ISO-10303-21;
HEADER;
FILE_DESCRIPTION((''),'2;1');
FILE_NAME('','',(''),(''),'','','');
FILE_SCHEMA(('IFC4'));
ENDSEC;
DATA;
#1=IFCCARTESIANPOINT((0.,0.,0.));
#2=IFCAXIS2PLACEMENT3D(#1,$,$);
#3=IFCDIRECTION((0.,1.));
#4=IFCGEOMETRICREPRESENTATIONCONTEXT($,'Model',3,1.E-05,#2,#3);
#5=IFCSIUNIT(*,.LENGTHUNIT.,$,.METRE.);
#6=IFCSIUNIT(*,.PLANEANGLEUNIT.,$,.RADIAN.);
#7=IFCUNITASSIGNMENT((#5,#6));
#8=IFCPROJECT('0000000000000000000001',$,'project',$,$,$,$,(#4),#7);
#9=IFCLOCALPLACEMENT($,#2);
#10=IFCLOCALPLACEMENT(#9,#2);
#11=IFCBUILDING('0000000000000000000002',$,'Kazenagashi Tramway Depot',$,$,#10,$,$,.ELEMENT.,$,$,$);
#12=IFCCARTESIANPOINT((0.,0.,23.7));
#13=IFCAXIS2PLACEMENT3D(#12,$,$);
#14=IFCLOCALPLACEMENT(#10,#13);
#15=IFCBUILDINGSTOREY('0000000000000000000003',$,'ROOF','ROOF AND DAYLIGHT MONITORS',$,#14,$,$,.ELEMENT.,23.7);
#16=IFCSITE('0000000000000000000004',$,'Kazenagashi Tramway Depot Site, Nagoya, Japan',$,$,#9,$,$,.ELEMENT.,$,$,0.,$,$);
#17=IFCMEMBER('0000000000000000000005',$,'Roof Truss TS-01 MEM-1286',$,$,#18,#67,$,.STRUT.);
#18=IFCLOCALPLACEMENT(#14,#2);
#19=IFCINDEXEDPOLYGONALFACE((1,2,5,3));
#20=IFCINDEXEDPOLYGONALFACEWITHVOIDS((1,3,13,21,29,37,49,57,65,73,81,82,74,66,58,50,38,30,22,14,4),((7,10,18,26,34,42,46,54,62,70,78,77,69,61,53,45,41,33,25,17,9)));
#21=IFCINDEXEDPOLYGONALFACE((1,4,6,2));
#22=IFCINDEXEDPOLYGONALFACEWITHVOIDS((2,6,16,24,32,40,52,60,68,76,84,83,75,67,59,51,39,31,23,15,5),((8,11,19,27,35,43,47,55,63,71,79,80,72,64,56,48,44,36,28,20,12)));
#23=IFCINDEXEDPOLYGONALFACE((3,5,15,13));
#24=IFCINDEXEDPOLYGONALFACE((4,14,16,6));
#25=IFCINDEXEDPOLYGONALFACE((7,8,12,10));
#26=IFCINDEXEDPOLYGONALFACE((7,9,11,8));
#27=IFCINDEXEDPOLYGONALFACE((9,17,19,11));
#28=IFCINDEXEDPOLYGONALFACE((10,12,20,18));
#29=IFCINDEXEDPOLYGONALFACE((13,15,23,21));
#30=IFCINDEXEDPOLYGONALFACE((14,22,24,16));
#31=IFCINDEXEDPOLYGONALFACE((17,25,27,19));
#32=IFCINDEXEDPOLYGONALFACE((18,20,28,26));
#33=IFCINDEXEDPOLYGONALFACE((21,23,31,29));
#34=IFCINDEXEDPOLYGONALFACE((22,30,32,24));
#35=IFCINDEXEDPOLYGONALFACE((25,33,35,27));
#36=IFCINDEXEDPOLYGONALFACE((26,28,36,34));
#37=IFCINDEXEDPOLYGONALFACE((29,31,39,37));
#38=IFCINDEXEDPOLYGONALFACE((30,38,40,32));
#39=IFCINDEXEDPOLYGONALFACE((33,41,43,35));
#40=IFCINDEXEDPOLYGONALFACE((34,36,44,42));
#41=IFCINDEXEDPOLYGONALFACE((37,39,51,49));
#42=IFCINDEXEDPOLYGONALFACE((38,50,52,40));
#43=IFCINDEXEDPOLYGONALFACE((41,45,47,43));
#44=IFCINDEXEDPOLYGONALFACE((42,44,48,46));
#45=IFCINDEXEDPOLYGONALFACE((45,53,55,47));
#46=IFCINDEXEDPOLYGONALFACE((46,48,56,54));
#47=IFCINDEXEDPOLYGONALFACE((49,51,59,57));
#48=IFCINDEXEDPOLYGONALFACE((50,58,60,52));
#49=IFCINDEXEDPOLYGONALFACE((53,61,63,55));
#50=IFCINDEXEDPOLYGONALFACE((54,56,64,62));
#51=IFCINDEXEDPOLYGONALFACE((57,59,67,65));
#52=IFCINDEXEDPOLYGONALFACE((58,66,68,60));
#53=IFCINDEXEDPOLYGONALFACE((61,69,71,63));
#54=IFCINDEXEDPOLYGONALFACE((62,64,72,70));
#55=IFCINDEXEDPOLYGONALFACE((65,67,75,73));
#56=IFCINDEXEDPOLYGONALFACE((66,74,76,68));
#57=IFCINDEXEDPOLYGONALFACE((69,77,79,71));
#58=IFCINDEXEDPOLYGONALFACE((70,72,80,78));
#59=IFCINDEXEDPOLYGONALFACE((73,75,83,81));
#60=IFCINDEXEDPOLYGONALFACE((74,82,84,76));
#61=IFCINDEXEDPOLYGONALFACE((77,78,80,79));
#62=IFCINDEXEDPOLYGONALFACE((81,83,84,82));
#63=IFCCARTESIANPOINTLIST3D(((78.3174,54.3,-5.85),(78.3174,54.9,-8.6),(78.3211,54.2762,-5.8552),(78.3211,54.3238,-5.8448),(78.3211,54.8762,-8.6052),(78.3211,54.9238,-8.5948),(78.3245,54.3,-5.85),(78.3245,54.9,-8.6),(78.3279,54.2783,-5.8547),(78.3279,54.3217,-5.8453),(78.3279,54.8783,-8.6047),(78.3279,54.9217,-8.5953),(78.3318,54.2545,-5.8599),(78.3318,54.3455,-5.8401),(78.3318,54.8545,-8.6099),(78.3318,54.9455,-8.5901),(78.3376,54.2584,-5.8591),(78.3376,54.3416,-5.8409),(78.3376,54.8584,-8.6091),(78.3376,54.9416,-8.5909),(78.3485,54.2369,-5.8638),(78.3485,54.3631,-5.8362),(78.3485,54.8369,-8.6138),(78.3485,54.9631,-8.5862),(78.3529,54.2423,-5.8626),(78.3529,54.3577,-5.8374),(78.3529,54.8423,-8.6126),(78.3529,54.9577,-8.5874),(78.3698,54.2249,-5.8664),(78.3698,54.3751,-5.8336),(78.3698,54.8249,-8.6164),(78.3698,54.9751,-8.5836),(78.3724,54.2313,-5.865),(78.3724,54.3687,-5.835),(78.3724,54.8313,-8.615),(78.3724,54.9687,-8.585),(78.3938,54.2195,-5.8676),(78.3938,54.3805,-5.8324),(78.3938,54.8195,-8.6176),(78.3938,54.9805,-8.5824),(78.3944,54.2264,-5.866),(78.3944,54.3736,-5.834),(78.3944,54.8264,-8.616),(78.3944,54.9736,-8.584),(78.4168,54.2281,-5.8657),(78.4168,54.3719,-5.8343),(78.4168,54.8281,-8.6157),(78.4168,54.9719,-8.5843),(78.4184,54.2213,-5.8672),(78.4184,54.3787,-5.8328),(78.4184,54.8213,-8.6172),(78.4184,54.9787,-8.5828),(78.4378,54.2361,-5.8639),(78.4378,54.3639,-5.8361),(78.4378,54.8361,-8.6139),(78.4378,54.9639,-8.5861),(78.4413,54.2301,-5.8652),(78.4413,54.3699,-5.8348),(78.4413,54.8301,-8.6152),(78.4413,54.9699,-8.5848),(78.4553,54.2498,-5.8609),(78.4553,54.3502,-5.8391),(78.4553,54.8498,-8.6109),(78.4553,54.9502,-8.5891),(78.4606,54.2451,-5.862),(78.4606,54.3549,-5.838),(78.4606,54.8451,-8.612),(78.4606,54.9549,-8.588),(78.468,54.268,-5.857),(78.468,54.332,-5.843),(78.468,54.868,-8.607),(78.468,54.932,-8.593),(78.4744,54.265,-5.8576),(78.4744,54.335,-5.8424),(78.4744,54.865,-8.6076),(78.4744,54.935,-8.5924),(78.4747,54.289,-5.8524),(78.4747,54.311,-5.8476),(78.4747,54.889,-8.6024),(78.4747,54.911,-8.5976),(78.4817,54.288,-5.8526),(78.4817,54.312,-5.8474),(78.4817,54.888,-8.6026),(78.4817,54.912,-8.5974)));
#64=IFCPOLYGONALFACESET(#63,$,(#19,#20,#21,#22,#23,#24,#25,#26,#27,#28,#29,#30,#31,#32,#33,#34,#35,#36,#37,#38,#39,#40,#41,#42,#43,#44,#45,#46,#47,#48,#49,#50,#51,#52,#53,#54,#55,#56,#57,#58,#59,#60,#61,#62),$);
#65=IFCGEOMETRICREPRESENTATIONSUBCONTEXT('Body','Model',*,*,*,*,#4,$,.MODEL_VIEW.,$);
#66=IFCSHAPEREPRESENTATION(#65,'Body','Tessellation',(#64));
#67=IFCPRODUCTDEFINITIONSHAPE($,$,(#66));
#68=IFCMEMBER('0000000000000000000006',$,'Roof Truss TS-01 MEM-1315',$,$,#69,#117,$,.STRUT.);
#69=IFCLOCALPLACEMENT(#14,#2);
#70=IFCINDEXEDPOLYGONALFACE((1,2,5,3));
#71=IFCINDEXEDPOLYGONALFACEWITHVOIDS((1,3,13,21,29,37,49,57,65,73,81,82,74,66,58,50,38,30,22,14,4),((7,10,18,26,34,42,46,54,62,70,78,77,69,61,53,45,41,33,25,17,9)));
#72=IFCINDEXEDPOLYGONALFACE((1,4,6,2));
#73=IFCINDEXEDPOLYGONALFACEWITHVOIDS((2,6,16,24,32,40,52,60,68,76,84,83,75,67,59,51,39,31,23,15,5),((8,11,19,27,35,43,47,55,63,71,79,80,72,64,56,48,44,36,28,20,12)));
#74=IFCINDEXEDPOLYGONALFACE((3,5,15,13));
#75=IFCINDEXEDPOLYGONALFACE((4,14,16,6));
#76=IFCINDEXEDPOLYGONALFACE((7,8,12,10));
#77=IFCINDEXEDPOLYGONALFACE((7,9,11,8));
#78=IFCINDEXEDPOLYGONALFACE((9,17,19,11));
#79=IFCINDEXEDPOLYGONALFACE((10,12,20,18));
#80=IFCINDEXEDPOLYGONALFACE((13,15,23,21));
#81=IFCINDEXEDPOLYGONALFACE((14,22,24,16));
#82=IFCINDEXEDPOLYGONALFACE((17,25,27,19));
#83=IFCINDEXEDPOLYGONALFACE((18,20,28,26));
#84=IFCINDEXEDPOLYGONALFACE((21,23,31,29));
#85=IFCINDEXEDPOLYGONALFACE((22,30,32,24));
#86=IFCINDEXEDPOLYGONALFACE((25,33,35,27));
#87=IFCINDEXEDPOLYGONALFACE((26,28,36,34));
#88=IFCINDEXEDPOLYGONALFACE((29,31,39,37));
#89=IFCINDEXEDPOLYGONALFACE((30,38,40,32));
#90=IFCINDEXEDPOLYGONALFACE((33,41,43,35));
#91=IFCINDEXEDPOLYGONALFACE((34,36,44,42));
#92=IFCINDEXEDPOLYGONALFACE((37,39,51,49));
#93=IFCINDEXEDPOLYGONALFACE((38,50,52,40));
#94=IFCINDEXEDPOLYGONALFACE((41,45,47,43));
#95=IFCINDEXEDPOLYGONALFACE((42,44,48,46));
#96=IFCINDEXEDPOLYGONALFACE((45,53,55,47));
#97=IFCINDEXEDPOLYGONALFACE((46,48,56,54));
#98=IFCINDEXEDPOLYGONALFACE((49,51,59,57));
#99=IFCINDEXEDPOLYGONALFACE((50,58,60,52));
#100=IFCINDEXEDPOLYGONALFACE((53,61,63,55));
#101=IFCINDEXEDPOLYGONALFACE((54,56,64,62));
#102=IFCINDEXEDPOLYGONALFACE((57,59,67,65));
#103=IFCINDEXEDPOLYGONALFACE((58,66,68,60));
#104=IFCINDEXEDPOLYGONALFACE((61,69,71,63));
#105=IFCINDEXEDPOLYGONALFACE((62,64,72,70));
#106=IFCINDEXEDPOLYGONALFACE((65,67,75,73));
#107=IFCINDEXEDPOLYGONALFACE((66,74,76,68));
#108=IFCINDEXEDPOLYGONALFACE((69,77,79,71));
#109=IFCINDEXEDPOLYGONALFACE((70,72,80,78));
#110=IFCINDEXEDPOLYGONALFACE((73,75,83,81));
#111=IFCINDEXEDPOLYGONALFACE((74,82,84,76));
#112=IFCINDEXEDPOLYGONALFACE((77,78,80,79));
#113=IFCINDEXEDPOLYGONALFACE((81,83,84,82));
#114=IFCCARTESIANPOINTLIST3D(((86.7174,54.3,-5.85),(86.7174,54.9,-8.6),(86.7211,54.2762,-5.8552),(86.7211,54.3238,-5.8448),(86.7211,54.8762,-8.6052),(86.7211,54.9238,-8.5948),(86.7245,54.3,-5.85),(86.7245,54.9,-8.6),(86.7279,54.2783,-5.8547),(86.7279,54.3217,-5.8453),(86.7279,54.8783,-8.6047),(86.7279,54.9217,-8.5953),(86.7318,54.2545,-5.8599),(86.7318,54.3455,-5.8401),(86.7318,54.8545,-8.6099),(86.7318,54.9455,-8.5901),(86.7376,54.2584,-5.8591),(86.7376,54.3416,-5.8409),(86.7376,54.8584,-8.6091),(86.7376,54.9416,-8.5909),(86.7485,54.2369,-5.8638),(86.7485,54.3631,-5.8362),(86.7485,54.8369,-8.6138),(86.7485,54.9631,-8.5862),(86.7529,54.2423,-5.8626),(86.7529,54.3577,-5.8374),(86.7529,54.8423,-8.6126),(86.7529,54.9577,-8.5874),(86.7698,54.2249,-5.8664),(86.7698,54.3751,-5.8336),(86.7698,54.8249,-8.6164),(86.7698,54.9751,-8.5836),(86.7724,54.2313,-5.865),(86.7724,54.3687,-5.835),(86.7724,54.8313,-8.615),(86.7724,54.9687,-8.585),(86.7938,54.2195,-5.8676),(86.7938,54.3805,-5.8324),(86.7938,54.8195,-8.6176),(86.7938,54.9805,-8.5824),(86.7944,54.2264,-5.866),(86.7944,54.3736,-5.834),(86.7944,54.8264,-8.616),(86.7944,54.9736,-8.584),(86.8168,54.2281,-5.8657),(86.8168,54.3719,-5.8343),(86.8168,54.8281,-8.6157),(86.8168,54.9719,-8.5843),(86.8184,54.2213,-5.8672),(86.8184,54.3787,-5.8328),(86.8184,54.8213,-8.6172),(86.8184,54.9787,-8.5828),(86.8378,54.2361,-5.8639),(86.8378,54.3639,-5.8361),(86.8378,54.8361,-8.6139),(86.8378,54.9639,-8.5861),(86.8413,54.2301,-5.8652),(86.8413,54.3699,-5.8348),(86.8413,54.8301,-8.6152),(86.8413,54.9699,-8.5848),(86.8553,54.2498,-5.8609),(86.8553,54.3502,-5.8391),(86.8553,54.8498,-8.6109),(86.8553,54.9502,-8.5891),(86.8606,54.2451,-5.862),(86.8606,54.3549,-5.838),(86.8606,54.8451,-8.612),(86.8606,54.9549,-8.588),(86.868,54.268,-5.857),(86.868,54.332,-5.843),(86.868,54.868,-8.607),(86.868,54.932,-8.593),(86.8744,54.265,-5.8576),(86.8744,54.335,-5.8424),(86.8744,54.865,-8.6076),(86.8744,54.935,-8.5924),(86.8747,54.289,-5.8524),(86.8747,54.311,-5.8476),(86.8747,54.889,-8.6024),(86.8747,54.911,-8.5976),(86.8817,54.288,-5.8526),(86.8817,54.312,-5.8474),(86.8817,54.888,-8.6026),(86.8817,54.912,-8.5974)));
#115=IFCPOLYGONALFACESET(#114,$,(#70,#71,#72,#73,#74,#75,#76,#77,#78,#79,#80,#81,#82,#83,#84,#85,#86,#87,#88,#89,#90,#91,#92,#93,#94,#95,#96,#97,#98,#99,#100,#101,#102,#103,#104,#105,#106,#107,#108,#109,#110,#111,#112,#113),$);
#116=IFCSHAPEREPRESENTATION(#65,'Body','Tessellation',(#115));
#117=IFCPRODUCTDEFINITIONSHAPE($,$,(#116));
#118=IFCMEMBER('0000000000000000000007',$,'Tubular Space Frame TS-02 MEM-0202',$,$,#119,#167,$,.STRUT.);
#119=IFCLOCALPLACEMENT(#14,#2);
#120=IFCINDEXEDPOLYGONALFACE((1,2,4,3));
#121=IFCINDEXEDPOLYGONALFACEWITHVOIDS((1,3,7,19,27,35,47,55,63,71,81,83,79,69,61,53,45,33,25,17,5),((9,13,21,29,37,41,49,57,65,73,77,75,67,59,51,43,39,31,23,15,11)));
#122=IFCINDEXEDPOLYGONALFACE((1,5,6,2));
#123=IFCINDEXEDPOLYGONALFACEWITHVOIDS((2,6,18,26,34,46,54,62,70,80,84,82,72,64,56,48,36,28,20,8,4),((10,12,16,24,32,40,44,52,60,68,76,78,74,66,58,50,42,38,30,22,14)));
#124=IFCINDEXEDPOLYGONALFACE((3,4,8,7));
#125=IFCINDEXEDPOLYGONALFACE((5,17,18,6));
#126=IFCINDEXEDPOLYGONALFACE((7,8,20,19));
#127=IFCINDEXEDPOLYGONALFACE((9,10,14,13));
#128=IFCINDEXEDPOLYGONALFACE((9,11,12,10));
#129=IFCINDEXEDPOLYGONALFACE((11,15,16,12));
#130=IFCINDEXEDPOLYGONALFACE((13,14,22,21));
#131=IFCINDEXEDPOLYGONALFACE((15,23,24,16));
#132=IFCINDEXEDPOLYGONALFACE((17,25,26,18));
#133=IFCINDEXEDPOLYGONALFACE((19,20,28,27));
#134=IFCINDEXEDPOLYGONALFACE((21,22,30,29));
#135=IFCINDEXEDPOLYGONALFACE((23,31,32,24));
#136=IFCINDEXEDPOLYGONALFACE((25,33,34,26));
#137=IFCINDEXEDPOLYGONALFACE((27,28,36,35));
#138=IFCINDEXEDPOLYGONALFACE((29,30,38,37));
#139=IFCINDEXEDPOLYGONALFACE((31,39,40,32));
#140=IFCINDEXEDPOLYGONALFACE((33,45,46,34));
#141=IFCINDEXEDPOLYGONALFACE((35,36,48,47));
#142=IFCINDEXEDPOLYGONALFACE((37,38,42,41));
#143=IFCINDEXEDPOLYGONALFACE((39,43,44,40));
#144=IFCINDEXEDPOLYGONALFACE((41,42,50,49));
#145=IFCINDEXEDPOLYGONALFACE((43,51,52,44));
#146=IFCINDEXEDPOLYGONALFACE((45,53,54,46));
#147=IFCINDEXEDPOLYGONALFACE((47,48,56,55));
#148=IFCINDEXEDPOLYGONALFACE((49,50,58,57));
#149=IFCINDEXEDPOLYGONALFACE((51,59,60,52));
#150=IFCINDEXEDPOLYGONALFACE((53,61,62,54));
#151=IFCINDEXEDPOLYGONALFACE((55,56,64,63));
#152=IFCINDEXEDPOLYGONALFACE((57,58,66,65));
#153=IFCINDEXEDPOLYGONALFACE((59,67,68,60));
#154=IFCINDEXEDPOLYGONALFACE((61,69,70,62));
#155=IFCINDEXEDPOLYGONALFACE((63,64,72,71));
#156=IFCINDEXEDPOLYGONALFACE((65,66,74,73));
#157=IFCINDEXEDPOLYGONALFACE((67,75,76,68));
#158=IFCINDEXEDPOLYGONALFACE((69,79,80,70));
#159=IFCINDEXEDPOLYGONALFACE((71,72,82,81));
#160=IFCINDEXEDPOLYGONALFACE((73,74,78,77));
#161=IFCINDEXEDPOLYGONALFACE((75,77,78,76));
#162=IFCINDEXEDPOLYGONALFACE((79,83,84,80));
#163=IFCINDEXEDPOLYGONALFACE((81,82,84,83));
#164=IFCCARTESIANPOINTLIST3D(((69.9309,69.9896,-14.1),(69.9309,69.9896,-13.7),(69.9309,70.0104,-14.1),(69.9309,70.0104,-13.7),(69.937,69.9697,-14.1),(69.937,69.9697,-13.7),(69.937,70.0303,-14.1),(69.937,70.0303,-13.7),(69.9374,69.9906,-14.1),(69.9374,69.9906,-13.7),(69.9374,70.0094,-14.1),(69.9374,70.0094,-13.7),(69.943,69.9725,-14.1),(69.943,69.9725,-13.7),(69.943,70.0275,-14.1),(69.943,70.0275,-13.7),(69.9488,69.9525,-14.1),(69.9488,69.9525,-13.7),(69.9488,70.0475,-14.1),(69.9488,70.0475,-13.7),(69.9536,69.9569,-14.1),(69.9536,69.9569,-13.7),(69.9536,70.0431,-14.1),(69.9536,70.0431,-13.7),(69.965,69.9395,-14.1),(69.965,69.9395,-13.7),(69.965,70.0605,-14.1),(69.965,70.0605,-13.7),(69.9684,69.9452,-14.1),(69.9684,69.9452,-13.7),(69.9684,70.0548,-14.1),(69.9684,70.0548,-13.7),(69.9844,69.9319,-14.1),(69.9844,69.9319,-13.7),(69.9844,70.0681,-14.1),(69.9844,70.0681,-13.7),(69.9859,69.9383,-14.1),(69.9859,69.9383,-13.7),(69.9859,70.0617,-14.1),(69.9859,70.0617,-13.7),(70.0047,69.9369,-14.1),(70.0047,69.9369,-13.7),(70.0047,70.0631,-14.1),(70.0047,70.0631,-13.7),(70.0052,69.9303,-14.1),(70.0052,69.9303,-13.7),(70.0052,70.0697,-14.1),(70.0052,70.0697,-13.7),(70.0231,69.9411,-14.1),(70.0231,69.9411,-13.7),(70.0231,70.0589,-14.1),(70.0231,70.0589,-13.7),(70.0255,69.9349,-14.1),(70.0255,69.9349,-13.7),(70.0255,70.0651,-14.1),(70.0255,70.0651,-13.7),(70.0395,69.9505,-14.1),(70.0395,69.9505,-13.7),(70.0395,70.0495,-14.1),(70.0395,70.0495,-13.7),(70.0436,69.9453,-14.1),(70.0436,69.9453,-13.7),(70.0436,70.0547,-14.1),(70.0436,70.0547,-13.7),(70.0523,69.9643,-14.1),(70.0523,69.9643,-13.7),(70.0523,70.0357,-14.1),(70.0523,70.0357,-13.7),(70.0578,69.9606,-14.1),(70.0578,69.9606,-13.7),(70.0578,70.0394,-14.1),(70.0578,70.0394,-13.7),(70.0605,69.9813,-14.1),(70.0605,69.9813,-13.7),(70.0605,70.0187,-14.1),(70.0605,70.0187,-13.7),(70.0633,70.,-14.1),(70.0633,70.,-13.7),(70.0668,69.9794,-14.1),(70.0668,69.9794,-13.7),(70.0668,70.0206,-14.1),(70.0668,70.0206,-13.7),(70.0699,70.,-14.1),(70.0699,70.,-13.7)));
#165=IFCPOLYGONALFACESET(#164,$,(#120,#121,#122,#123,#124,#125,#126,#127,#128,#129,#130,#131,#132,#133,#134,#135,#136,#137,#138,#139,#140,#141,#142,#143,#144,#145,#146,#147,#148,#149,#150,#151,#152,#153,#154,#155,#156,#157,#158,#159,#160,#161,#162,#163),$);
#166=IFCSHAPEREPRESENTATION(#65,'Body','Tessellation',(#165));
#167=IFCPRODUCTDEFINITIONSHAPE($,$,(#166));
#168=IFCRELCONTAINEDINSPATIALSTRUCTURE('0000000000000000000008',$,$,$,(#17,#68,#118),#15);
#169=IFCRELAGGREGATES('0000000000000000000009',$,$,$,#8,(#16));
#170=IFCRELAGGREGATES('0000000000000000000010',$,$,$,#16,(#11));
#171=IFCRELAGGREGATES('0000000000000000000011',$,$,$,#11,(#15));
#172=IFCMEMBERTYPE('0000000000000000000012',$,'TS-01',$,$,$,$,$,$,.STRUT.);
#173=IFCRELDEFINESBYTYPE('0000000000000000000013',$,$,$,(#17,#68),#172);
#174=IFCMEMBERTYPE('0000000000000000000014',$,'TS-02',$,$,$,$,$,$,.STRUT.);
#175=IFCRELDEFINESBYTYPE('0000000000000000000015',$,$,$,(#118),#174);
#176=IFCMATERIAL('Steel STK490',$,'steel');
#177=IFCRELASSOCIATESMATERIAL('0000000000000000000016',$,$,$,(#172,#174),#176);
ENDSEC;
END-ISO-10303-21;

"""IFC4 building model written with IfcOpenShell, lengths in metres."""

from ifc_helpers import new_model, si_unit, direction, frame, origin, origin_2d, place, context, subcontext, project, spatial, hollow_circle, extrude, material, material_profile, profile_set, type_object, element, save


model = new_model("IFC4")

# Units and contexts
model_context = context("Model", 3, precision=1e-05, world=origin(), true_north=direction((0.0, 1.0)))
body_context = subcontext(model_context, "Body", "Model", "MODEL_VIEW")
ifc_project = project(units=[si_unit("LENGTHUNIT", "METRE"), si_unit("PLANEANGLEUNIT", "RADIAN")], contexts=[model_context])

# Site, building, storey
site_placement = place(None, origin())
site = spatial("IfcSite", under=ifc_project, at=site_placement, Name="Kazenagashi Tramway Depot Site, Nagoya, Japan", CompositionType="ELEMENT", RefElevation=0.0)
building_placement = place(site_placement, origin())
building = spatial("IfcBuilding", under=site, at=building_placement, Name="Kazenagashi Tramway Depot", CompositionType="ELEMENT")
storey_placement = place(building_placement, frame((0.0, 0.0, 23.7)))
storey = spatial("IfcBuildingStorey", under=building, at=storey_placement, Name="ROOF", Description="ROOF AND DAYLIGHT MONITORS", CompositionType="ELEMENT", Elevation=23.7)

# Members
ifc_material_1 = material(Name="Steel STK490", Category="steel")
ifc_material_profile_1 = material_profile(ifc_material_1, hollow_circle(Radius=0.0826, WallThickness=0.0071, at=origin_2d()), Name="CHS-165.2x7.1")
ifc_profile_set_1 = profile_set([ifc_material_profile_1], Name="Steel STK490")
member_type_1 = type_object("IfcMemberType", Name="TS-01", PredefinedType="STRUT", material=ifc_profile_set_1)
for number, where, z_axis, x_axis, name in (
    (1, (78.4, 54.3, -5.85), (0.0, 0.213167, -0.977016), (-1.0, 0.0, 0.0), "Roof Truss TS-01 MEM-1286"),
    (2, (86.8, 54.3, -5.85), (0.0, 0.213167, -0.977016), (-1.0, 0.0, 0.0), "Roof Truss TS-01 MEM-1315"),
):
    element("IfcMember", number, at=place(storey_placement, frame(where, z_axis=z_axis, x_axis=x_axis)), inside=storey, type_object=member_type_1, Name=name, PredefinedType="STRUT", context=body_context, shape_type="SweptSolid", body=[
        extrude(hollow_circle(Radius=0.0826, WallThickness=0.0071, at=origin_2d()), origin(), (0.0, 0.0, 1.0), 2.8147),
    ])
ifc_material_profile_2 = material_profile(ifc_material_1, hollow_circle(Radius=0.0699, WallThickness=0.0066, at=origin_2d()), Name="CHS-139.8x6.6")
ifc_profile_set_2 = profile_set([ifc_material_profile_2], Name="Steel STK490")
member_type_2 = type_object("IfcMemberType", Name="TS-02", PredefinedType="STRUT", material=ifc_profile_set_2)
for number, where, z_axis, x_axis, name in (
    (3, (70.0, 70.0, -14.1), (0.0, 0.0, 1.0), (1.0, 0.0, 0.0), "Tubular Space Frame TS-02 MEM-0202"),
):
    element("IfcMember", number, at=place(storey_placement, frame(where, z_axis=z_axis, x_axis=x_axis)), inside=storey, type_object=member_type_2, Name=name, PredefinedType="STRUT", context=body_context, shape_type="SweptSolid", body=[
        extrude(hollow_circle(Radius=0.0699, WallThickness=0.0066, at=origin_2d()), origin(), (0.0, 0.0, 1.0), 0.4),
    ])

save(model, "model.ifc")
